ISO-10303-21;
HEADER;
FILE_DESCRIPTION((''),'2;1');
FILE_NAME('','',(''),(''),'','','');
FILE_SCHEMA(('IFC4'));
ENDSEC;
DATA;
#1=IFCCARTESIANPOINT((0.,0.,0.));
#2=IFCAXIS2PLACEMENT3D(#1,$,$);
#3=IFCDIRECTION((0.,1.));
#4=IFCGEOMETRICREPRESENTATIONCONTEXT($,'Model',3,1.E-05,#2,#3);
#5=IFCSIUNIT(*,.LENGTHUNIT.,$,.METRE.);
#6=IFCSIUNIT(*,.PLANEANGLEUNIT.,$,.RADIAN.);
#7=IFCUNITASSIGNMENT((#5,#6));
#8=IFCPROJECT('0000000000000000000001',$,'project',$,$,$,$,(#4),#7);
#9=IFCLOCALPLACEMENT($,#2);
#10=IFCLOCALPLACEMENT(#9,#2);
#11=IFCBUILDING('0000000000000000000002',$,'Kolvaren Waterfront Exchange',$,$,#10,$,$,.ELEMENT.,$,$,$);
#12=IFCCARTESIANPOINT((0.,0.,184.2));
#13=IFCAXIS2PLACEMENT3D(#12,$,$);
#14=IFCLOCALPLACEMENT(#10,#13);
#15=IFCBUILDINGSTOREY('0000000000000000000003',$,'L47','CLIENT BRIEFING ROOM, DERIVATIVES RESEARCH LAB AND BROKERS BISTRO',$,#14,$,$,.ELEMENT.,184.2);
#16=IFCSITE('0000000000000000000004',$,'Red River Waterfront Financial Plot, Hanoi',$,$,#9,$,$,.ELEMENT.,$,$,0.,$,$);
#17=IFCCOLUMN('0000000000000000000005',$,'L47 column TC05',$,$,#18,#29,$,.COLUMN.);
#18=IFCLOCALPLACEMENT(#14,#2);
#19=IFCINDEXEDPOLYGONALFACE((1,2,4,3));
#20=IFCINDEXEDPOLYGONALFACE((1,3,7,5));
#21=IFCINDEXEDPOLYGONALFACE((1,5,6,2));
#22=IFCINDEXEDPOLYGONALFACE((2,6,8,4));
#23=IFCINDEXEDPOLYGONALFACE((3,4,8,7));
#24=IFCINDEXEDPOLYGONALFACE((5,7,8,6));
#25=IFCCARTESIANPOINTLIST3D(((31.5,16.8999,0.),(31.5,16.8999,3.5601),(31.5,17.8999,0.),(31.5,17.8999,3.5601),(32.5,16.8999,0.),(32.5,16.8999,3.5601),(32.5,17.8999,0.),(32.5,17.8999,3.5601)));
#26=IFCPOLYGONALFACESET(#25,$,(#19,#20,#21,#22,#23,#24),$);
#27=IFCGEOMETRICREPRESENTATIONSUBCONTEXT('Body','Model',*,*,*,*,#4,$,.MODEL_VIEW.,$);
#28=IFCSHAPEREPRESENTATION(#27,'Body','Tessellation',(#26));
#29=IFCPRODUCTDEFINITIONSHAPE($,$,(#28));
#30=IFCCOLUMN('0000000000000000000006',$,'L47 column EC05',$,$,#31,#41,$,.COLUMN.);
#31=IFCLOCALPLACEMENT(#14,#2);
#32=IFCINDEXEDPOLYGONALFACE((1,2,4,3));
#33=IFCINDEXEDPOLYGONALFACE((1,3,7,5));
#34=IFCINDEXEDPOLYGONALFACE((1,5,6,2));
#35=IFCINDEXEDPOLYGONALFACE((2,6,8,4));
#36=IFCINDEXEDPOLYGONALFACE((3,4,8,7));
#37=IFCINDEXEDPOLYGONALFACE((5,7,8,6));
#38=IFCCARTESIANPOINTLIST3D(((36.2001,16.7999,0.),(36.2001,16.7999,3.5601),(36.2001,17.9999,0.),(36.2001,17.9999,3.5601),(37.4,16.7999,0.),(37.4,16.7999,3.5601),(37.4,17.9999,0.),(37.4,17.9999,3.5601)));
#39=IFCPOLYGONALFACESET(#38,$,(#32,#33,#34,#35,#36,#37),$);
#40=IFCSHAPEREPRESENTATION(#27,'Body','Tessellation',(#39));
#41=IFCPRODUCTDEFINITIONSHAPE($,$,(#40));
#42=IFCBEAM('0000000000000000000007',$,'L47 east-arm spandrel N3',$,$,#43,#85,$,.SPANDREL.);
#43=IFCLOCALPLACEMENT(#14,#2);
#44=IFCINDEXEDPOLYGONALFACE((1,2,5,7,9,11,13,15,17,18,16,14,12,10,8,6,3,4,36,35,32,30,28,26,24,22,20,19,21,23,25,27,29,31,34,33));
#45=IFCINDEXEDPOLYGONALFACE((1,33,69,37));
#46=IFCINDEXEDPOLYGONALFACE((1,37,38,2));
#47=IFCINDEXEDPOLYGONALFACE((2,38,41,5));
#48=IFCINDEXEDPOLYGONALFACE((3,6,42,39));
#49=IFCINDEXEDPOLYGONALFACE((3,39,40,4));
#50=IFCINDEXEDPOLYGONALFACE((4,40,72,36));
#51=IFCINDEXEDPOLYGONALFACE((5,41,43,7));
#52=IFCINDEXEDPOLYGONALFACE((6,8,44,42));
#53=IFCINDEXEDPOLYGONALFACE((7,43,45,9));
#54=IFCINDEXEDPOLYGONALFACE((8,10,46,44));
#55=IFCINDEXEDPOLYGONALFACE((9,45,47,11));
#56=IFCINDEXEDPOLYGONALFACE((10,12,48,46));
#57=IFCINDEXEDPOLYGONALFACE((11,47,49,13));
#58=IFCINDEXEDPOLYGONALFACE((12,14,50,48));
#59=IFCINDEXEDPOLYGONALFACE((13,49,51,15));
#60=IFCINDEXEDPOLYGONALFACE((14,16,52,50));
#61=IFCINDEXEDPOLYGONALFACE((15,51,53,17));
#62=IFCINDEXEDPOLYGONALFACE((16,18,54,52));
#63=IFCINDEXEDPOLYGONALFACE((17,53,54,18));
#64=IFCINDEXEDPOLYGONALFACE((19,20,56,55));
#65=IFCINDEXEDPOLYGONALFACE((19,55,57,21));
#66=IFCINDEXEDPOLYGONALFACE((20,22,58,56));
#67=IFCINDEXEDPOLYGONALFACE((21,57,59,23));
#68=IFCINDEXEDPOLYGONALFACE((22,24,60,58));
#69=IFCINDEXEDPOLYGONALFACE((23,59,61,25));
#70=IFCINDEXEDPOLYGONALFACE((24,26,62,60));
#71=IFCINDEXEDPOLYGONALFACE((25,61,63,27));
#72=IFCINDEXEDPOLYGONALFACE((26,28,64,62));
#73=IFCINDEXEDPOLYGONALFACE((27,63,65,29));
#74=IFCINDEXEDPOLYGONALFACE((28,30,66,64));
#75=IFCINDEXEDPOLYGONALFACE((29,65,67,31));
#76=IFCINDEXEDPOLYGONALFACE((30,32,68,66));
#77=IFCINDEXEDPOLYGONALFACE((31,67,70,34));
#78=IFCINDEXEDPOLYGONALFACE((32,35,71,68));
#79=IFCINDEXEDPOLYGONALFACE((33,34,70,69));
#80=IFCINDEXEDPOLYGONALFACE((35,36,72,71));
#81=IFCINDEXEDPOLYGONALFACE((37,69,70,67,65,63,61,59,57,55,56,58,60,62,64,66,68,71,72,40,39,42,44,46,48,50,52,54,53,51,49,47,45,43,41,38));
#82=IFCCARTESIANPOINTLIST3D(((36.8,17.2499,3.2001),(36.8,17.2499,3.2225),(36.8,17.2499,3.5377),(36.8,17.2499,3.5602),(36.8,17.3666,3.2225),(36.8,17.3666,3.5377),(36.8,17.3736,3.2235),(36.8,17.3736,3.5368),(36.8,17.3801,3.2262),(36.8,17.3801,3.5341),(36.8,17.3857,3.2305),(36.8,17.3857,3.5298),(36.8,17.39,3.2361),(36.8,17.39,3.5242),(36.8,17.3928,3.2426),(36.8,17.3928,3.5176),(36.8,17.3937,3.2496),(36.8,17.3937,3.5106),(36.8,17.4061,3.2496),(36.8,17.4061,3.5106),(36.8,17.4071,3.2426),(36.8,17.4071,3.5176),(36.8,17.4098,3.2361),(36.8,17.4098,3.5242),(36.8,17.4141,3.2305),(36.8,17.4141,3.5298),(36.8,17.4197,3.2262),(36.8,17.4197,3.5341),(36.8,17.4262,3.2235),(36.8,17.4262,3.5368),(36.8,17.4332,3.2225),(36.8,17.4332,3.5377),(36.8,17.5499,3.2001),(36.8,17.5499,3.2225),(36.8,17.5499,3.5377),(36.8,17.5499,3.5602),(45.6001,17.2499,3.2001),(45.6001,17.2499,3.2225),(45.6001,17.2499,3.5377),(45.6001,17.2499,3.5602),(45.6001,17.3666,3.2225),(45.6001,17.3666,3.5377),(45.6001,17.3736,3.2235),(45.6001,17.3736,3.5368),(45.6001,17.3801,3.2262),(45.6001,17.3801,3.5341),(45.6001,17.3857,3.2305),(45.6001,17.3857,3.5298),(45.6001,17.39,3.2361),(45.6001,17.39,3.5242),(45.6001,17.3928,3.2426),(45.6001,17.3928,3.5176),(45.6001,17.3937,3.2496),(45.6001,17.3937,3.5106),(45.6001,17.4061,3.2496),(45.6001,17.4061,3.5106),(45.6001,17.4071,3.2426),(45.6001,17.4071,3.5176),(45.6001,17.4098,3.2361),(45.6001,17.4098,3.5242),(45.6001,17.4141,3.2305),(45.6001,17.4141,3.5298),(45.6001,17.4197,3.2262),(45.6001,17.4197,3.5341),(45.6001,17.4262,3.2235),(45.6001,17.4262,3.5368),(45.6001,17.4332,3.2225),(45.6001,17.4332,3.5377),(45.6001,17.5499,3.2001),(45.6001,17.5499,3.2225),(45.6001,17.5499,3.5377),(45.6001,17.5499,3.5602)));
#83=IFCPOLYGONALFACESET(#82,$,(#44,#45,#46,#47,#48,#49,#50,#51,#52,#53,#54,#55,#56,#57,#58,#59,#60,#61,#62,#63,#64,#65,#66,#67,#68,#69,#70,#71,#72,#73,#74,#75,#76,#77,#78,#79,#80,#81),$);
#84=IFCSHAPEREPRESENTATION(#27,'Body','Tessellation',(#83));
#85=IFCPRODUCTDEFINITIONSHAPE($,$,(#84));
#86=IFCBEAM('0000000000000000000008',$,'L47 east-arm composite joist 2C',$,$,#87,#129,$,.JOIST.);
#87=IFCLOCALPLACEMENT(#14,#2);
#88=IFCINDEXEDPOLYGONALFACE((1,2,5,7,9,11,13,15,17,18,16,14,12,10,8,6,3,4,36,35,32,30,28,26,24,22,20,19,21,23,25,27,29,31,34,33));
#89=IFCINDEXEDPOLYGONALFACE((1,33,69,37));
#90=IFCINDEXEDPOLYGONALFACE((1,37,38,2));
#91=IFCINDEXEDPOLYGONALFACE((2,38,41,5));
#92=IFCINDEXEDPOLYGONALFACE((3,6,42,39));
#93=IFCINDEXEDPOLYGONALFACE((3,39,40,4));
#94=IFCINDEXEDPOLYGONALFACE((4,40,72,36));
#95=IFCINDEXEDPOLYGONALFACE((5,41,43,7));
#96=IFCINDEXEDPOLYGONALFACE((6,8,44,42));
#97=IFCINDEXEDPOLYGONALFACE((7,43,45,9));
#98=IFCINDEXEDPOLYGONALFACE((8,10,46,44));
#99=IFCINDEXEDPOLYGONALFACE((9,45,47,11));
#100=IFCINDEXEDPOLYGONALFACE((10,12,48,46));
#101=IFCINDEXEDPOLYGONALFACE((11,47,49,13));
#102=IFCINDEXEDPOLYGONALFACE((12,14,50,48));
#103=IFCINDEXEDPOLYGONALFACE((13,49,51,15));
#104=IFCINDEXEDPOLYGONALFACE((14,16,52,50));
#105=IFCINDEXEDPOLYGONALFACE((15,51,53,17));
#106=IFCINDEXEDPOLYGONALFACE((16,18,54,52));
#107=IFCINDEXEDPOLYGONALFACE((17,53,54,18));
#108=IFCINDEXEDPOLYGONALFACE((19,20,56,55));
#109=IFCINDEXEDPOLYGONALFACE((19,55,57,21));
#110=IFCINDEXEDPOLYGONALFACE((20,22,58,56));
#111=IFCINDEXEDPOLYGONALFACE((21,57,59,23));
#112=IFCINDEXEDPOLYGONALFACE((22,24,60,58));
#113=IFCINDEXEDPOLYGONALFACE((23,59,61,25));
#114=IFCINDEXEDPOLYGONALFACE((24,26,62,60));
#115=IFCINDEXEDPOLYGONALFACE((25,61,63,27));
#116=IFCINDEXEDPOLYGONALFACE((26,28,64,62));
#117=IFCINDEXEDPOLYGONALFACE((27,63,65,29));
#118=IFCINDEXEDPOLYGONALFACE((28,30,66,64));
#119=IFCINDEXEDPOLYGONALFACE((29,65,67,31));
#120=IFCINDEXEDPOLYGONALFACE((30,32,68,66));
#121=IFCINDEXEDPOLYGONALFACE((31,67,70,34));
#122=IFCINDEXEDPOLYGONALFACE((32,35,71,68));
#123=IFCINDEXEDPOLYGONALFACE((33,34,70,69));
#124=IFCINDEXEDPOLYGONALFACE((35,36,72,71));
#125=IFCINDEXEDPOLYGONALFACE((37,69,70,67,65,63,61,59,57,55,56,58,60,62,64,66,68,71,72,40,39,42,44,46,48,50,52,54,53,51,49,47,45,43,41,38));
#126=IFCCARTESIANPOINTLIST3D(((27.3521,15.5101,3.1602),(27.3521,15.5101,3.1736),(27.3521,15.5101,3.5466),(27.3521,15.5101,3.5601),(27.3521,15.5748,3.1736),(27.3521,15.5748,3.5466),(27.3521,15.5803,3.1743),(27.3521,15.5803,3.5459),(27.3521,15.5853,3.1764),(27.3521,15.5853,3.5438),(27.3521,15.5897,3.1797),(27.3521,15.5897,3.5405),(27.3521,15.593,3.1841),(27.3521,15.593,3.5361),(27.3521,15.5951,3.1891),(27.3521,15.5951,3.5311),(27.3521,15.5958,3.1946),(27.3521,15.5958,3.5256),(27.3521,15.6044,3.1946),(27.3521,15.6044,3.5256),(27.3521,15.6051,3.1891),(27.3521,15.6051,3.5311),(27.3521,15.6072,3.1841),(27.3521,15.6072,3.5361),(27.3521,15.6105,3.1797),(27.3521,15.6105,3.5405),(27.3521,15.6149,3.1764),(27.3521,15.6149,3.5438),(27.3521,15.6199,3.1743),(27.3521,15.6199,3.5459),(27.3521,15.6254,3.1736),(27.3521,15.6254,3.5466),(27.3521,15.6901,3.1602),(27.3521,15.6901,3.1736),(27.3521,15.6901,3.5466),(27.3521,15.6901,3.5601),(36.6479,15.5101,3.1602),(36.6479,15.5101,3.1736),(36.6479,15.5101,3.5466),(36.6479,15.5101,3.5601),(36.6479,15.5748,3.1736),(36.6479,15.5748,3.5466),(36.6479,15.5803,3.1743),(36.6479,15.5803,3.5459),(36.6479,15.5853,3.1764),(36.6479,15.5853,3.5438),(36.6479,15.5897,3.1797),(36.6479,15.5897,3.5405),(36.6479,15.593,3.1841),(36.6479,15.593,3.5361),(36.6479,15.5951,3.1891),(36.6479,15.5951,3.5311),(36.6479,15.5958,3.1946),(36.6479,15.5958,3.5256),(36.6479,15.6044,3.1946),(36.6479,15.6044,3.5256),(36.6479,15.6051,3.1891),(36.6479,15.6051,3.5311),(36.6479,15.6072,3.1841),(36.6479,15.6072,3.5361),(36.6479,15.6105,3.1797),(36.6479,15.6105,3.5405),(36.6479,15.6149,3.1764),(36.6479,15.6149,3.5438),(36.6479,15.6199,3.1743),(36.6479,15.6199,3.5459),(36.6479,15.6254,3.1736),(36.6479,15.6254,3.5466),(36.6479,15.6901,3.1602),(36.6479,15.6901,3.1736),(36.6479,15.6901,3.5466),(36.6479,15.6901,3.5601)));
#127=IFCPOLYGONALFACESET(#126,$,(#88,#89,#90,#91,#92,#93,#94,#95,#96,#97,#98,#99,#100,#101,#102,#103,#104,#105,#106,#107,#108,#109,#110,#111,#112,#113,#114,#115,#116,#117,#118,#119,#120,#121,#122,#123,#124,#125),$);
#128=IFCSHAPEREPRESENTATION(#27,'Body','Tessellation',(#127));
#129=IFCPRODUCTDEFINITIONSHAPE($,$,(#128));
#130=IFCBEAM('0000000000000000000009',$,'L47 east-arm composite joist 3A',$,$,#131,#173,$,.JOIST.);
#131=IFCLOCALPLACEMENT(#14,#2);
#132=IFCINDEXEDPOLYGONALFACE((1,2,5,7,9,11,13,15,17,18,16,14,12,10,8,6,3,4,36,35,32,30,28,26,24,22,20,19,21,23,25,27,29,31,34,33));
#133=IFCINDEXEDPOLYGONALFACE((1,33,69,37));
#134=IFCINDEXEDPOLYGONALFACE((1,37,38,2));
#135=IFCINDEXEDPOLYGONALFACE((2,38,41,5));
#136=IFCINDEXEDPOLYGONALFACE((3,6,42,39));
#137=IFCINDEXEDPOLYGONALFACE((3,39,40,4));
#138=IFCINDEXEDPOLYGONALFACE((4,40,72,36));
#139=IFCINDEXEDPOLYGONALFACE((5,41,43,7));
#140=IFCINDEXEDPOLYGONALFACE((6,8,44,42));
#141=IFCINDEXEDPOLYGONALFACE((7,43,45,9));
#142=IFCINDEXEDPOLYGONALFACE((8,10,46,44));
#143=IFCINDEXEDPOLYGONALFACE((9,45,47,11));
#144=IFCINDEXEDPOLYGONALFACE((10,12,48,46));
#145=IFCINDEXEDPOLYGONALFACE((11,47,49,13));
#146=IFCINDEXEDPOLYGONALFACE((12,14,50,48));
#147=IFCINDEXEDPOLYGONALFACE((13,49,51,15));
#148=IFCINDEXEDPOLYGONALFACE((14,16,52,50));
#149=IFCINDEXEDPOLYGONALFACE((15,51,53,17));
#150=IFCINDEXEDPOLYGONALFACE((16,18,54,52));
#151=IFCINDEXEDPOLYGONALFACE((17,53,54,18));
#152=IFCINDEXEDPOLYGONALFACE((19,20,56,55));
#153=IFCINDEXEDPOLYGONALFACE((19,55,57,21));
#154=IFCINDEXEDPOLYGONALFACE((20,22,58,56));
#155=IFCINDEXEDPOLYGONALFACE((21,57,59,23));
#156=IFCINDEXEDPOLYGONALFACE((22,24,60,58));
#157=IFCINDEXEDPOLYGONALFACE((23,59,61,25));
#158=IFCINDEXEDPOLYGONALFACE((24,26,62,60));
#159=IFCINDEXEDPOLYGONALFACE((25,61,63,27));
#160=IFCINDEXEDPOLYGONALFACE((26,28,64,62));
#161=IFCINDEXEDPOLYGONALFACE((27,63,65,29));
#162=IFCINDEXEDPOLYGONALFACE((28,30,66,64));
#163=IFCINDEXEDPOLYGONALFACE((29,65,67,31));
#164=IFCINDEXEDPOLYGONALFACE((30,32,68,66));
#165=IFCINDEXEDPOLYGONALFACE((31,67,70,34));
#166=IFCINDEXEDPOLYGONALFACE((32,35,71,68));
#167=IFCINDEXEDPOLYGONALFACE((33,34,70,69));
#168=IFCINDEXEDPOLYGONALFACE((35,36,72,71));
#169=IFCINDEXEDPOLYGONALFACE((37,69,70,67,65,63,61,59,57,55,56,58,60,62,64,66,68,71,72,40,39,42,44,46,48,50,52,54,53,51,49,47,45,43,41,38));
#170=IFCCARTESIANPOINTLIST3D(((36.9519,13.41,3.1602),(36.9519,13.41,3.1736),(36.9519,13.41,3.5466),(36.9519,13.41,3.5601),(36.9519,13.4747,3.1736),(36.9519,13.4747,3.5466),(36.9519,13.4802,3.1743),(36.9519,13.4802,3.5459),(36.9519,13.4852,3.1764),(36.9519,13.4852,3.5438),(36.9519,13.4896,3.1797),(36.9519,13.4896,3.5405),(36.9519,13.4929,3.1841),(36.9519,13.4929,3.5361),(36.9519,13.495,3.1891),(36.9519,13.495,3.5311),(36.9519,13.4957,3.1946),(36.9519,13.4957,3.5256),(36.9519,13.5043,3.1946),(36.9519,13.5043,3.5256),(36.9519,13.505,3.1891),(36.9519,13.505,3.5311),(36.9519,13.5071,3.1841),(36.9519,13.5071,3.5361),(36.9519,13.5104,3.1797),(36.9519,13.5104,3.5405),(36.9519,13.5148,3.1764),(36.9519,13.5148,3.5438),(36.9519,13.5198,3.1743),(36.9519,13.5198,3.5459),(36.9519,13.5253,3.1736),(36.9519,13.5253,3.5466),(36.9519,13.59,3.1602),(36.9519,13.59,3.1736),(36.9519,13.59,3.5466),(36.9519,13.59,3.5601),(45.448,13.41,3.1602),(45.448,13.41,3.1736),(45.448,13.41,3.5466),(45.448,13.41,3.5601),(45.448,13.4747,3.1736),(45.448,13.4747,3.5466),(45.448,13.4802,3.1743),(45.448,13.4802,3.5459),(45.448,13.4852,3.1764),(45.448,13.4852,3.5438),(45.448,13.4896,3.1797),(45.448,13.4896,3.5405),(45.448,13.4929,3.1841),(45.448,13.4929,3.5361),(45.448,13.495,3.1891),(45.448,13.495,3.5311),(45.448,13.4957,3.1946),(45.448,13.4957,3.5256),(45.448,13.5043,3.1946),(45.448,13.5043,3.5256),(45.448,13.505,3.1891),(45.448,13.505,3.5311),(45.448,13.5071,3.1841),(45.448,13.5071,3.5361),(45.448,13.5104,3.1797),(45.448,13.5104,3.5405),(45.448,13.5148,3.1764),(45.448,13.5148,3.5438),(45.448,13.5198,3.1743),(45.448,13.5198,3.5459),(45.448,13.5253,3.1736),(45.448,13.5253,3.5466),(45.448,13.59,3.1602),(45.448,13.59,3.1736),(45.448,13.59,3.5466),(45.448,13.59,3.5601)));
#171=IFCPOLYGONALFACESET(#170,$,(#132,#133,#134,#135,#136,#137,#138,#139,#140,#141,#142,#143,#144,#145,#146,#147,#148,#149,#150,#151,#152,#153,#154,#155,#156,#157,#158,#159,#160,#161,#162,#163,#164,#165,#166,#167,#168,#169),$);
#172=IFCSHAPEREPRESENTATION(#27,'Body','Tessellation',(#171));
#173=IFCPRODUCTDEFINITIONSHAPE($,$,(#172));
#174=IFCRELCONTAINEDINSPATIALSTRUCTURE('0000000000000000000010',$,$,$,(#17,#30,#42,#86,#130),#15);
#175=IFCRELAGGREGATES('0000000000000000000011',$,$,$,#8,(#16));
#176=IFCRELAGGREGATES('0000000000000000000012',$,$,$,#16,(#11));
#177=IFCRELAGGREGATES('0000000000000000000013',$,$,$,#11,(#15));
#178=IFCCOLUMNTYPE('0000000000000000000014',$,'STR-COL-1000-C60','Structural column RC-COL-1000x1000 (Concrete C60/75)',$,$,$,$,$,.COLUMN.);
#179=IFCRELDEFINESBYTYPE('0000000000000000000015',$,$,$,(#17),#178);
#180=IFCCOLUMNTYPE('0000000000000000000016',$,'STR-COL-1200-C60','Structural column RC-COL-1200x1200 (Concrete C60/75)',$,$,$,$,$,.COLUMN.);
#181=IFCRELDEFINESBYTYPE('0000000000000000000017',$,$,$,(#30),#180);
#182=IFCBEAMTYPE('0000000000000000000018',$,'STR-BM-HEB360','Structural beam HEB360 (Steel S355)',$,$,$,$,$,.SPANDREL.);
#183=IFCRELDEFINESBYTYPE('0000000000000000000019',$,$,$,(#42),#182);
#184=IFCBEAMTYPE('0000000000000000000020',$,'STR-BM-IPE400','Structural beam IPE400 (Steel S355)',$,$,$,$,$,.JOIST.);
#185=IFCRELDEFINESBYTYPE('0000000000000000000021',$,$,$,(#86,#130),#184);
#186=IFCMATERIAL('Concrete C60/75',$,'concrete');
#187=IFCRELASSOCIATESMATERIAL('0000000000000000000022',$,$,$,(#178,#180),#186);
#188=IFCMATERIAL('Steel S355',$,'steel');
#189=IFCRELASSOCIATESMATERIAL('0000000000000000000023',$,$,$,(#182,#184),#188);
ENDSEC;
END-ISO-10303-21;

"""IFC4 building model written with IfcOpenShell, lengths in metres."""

from ifc_helpers import new_model, si_unit, direction, frame, origin, origin_2d, place, context, subcontext, project, spatial, rectangle, i_section, extrude, material, material_profile, profile_set, type_object, element, save


model = new_model("IFC4")

# Units and contexts
model_context = context("Model", 3, precision=1e-05, world=origin(), true_north=direction((0.0, 1.0)))
body_context = subcontext(model_context, "Body", "Model", "MODEL_VIEW")
ifc_project = project(units=[si_unit("LENGTHUNIT", "METRE"), si_unit("PLANEANGLEUNIT", "RADIAN")], contexts=[model_context])

# Site, building, storey
site_placement = place(None, origin())
site = spatial("IfcSite", under=ifc_project, at=site_placement, Name="Red River Waterfront Financial Plot, Hanoi", CompositionType="ELEMENT", RefElevation=0.0)
building_placement = place(site_placement, origin())
building = spatial("IfcBuilding", under=site, at=building_placement, Name="Kolvaren Waterfront Exchange", CompositionType="ELEMENT")
storey_placement = place(building_placement, frame((0.0, 0.0, 184.2)))
storey = spatial("IfcBuildingStorey", under=building, at=storey_placement, Name="L47", Description="CLIENT BRIEFING ROOM, DERIVATIVES RESEARCH LAB AND BROKERS BISTRO", CompositionType="ELEMENT", Elevation=184.2)

# Columns
ifc_material_1 = material(Name="Concrete C60/75", Category="concrete")
ifc_material_profile_1 = material_profile(ifc_material_1, rectangle(XDim=1.0, YDim=1.0, at=origin_2d()), Name="RC-COL-1000x1000")
ifc_profile_set_1 = profile_set([ifc_material_profile_1], Name="Concrete C60/75")
column_type_1 = type_object("IfcColumnType", Name="STR-COL-1000-C60", Description="Structural column RC-COL-1000x1000 (Concrete C60/75)", PredefinedType="COLUMN", material=ifc_profile_set_1)
column_1_placement = place(storey_placement, frame((32.0, 17.3999, 0.0), z_axis=(0.0, 0.0, 1.0), x_axis=(1.0, 0.0, 0.0)))
element("IfcColumn", 1, at=column_1_placement, inside=storey, type_object=column_type_1, Name="L47 column TC05", PredefinedType="COLUMN", context=body_context, shape_type="SweptSolid", body=[
    extrude(rectangle(XDim=1.0, YDim=1.0, at=origin_2d()), origin(), (0.0, 0.0, 1.0), 3.5601),
])
ifc_material_profile_2 = material_profile(ifc_material_1, rectangle(XDim=1.2, YDim=1.2, at=origin_2d()), Name="RC-COL-1200x1200")
ifc_profile_set_2 = profile_set([ifc_material_profile_2], Name="Concrete C60/75")
column_type_2 = type_object("IfcColumnType", Name="STR-COL-1200-C60", Description="Structural column RC-COL-1200x1200 (Concrete C60/75)", PredefinedType="COLUMN", material=ifc_profile_set_2)
column_2_placement = place(storey_placement, frame((36.8, 17.3999, 0.0), z_axis=(0.0, 0.0, 1.0), x_axis=(1.0, 0.0, 0.0)))
element("IfcColumn", 2, at=column_2_placement, inside=storey, type_object=column_type_2, Name="L47 column EC05", PredefinedType="COLUMN", context=body_context, shape_type="SweptSolid", body=[
    extrude(rectangle(XDim=1.2, YDim=1.2, at=origin_2d()), origin(), (0.0, 0.0, 1.0), 3.5601),
])

# Beams
ifc_material_2 = material(Name="Steel S355", Category="steel")
ifc_material_profile_3 = material_profile(ifc_material_2, i_section(OverallWidth=0.3, OverallDepth=0.3601, WebThickness=0.0125, FlangeThickness=0.0225, FilletRadius=0.0271, at=origin_2d()), Name="HEB360")
ifc_profile_set_3 = profile_set([ifc_material_profile_3], Name="Steel S355")
beam_type_1 = type_object("IfcBeamType", Name="STR-BM-HEB360", Description="Structural beam HEB360 (Steel S355)", PredefinedType="SPANDREL", material=ifc_profile_set_3)
beam_1_placement = place(storey_placement, frame((36.8, 17.3999, 3.3801), z_axis=(1.0, 0.0, 0.0), x_axis=(0.0, 1.0, 0.0)))
element("IfcBeam", 3, at=beam_1_placement, inside=storey, type_object=beam_type_1, Name="L47 east-arm spandrel N3", PredefinedType="SPANDREL", context=body_context, shape_type="SweptSolid", body=[
    extrude(i_section(OverallWidth=0.3, OverallDepth=0.3601, WebThickness=0.0125, FlangeThickness=0.0225, FilletRadius=0.0271, at=origin_2d()), origin(), (0.0, 0.0, 1.0), 8.8),
])
ifc_material_profile_4 = material_profile(ifc_material_2, i_section(OverallWidth=0.1799, OverallDepth=0.3999, WebThickness=0.0085, FlangeThickness=0.0134, FilletRadius=0.021, at=origin_2d()), Name="IPE400")
ifc_profile_set_4 = profile_set([ifc_material_profile_4], Name="Steel S355")
beam_type_2 = type_object("IfcBeamType", Name="STR-BM-IPE400", Description="Structural beam IPE400 (Steel S355)", PredefinedType="JOIST", material=ifc_profile_set_4)
beam_2_placement = place(storey_placement, frame((27.3521, 15.6001, 3.3601), z_axis=(1.0, 0.0, 0.0), x_axis=(0.0, 1.0, 0.0)))
element("IfcBeam", 4, at=beam_2_placement, inside=storey, type_object=beam_type_2, Name="L47 east-arm composite joist 2C", PredefinedType="JOIST", context=body_context, shape_type="SweptSolid", body=[
    extrude(i_section(OverallWidth=0.1799, OverallDepth=0.3999, WebThickness=0.0085, FlangeThickness=0.0134, FilletRadius=0.021, at=origin_2d()), origin(), (0.0, 0.0, 1.0), 9.2959),
])
for number, where, z_axis, x_axis, name in (
    (5, (36.9519, 13.5, 3.3601), (1.0, 0.0, 0.0), (0.0, 1.0, 0.0), "L47 east-arm composite joist 3A"),
):
    element("IfcBeam", number, at=place(storey_placement, frame(where, z_axis=z_axis, x_axis=x_axis)), inside=storey, type_object=beam_type_2, Name=name, PredefinedType="JOIST", context=body_context, shape_type="SweptSolid", body=[
        extrude(i_section(OverallWidth=0.1799, OverallDepth=0.3999, WebThickness=0.0085, FlangeThickness=0.0134, FilletRadius=0.021, at=origin_2d()), origin(), (0.0, 0.0, 1.0), 8.4961),
    ])

save(model, "model.ifc")
